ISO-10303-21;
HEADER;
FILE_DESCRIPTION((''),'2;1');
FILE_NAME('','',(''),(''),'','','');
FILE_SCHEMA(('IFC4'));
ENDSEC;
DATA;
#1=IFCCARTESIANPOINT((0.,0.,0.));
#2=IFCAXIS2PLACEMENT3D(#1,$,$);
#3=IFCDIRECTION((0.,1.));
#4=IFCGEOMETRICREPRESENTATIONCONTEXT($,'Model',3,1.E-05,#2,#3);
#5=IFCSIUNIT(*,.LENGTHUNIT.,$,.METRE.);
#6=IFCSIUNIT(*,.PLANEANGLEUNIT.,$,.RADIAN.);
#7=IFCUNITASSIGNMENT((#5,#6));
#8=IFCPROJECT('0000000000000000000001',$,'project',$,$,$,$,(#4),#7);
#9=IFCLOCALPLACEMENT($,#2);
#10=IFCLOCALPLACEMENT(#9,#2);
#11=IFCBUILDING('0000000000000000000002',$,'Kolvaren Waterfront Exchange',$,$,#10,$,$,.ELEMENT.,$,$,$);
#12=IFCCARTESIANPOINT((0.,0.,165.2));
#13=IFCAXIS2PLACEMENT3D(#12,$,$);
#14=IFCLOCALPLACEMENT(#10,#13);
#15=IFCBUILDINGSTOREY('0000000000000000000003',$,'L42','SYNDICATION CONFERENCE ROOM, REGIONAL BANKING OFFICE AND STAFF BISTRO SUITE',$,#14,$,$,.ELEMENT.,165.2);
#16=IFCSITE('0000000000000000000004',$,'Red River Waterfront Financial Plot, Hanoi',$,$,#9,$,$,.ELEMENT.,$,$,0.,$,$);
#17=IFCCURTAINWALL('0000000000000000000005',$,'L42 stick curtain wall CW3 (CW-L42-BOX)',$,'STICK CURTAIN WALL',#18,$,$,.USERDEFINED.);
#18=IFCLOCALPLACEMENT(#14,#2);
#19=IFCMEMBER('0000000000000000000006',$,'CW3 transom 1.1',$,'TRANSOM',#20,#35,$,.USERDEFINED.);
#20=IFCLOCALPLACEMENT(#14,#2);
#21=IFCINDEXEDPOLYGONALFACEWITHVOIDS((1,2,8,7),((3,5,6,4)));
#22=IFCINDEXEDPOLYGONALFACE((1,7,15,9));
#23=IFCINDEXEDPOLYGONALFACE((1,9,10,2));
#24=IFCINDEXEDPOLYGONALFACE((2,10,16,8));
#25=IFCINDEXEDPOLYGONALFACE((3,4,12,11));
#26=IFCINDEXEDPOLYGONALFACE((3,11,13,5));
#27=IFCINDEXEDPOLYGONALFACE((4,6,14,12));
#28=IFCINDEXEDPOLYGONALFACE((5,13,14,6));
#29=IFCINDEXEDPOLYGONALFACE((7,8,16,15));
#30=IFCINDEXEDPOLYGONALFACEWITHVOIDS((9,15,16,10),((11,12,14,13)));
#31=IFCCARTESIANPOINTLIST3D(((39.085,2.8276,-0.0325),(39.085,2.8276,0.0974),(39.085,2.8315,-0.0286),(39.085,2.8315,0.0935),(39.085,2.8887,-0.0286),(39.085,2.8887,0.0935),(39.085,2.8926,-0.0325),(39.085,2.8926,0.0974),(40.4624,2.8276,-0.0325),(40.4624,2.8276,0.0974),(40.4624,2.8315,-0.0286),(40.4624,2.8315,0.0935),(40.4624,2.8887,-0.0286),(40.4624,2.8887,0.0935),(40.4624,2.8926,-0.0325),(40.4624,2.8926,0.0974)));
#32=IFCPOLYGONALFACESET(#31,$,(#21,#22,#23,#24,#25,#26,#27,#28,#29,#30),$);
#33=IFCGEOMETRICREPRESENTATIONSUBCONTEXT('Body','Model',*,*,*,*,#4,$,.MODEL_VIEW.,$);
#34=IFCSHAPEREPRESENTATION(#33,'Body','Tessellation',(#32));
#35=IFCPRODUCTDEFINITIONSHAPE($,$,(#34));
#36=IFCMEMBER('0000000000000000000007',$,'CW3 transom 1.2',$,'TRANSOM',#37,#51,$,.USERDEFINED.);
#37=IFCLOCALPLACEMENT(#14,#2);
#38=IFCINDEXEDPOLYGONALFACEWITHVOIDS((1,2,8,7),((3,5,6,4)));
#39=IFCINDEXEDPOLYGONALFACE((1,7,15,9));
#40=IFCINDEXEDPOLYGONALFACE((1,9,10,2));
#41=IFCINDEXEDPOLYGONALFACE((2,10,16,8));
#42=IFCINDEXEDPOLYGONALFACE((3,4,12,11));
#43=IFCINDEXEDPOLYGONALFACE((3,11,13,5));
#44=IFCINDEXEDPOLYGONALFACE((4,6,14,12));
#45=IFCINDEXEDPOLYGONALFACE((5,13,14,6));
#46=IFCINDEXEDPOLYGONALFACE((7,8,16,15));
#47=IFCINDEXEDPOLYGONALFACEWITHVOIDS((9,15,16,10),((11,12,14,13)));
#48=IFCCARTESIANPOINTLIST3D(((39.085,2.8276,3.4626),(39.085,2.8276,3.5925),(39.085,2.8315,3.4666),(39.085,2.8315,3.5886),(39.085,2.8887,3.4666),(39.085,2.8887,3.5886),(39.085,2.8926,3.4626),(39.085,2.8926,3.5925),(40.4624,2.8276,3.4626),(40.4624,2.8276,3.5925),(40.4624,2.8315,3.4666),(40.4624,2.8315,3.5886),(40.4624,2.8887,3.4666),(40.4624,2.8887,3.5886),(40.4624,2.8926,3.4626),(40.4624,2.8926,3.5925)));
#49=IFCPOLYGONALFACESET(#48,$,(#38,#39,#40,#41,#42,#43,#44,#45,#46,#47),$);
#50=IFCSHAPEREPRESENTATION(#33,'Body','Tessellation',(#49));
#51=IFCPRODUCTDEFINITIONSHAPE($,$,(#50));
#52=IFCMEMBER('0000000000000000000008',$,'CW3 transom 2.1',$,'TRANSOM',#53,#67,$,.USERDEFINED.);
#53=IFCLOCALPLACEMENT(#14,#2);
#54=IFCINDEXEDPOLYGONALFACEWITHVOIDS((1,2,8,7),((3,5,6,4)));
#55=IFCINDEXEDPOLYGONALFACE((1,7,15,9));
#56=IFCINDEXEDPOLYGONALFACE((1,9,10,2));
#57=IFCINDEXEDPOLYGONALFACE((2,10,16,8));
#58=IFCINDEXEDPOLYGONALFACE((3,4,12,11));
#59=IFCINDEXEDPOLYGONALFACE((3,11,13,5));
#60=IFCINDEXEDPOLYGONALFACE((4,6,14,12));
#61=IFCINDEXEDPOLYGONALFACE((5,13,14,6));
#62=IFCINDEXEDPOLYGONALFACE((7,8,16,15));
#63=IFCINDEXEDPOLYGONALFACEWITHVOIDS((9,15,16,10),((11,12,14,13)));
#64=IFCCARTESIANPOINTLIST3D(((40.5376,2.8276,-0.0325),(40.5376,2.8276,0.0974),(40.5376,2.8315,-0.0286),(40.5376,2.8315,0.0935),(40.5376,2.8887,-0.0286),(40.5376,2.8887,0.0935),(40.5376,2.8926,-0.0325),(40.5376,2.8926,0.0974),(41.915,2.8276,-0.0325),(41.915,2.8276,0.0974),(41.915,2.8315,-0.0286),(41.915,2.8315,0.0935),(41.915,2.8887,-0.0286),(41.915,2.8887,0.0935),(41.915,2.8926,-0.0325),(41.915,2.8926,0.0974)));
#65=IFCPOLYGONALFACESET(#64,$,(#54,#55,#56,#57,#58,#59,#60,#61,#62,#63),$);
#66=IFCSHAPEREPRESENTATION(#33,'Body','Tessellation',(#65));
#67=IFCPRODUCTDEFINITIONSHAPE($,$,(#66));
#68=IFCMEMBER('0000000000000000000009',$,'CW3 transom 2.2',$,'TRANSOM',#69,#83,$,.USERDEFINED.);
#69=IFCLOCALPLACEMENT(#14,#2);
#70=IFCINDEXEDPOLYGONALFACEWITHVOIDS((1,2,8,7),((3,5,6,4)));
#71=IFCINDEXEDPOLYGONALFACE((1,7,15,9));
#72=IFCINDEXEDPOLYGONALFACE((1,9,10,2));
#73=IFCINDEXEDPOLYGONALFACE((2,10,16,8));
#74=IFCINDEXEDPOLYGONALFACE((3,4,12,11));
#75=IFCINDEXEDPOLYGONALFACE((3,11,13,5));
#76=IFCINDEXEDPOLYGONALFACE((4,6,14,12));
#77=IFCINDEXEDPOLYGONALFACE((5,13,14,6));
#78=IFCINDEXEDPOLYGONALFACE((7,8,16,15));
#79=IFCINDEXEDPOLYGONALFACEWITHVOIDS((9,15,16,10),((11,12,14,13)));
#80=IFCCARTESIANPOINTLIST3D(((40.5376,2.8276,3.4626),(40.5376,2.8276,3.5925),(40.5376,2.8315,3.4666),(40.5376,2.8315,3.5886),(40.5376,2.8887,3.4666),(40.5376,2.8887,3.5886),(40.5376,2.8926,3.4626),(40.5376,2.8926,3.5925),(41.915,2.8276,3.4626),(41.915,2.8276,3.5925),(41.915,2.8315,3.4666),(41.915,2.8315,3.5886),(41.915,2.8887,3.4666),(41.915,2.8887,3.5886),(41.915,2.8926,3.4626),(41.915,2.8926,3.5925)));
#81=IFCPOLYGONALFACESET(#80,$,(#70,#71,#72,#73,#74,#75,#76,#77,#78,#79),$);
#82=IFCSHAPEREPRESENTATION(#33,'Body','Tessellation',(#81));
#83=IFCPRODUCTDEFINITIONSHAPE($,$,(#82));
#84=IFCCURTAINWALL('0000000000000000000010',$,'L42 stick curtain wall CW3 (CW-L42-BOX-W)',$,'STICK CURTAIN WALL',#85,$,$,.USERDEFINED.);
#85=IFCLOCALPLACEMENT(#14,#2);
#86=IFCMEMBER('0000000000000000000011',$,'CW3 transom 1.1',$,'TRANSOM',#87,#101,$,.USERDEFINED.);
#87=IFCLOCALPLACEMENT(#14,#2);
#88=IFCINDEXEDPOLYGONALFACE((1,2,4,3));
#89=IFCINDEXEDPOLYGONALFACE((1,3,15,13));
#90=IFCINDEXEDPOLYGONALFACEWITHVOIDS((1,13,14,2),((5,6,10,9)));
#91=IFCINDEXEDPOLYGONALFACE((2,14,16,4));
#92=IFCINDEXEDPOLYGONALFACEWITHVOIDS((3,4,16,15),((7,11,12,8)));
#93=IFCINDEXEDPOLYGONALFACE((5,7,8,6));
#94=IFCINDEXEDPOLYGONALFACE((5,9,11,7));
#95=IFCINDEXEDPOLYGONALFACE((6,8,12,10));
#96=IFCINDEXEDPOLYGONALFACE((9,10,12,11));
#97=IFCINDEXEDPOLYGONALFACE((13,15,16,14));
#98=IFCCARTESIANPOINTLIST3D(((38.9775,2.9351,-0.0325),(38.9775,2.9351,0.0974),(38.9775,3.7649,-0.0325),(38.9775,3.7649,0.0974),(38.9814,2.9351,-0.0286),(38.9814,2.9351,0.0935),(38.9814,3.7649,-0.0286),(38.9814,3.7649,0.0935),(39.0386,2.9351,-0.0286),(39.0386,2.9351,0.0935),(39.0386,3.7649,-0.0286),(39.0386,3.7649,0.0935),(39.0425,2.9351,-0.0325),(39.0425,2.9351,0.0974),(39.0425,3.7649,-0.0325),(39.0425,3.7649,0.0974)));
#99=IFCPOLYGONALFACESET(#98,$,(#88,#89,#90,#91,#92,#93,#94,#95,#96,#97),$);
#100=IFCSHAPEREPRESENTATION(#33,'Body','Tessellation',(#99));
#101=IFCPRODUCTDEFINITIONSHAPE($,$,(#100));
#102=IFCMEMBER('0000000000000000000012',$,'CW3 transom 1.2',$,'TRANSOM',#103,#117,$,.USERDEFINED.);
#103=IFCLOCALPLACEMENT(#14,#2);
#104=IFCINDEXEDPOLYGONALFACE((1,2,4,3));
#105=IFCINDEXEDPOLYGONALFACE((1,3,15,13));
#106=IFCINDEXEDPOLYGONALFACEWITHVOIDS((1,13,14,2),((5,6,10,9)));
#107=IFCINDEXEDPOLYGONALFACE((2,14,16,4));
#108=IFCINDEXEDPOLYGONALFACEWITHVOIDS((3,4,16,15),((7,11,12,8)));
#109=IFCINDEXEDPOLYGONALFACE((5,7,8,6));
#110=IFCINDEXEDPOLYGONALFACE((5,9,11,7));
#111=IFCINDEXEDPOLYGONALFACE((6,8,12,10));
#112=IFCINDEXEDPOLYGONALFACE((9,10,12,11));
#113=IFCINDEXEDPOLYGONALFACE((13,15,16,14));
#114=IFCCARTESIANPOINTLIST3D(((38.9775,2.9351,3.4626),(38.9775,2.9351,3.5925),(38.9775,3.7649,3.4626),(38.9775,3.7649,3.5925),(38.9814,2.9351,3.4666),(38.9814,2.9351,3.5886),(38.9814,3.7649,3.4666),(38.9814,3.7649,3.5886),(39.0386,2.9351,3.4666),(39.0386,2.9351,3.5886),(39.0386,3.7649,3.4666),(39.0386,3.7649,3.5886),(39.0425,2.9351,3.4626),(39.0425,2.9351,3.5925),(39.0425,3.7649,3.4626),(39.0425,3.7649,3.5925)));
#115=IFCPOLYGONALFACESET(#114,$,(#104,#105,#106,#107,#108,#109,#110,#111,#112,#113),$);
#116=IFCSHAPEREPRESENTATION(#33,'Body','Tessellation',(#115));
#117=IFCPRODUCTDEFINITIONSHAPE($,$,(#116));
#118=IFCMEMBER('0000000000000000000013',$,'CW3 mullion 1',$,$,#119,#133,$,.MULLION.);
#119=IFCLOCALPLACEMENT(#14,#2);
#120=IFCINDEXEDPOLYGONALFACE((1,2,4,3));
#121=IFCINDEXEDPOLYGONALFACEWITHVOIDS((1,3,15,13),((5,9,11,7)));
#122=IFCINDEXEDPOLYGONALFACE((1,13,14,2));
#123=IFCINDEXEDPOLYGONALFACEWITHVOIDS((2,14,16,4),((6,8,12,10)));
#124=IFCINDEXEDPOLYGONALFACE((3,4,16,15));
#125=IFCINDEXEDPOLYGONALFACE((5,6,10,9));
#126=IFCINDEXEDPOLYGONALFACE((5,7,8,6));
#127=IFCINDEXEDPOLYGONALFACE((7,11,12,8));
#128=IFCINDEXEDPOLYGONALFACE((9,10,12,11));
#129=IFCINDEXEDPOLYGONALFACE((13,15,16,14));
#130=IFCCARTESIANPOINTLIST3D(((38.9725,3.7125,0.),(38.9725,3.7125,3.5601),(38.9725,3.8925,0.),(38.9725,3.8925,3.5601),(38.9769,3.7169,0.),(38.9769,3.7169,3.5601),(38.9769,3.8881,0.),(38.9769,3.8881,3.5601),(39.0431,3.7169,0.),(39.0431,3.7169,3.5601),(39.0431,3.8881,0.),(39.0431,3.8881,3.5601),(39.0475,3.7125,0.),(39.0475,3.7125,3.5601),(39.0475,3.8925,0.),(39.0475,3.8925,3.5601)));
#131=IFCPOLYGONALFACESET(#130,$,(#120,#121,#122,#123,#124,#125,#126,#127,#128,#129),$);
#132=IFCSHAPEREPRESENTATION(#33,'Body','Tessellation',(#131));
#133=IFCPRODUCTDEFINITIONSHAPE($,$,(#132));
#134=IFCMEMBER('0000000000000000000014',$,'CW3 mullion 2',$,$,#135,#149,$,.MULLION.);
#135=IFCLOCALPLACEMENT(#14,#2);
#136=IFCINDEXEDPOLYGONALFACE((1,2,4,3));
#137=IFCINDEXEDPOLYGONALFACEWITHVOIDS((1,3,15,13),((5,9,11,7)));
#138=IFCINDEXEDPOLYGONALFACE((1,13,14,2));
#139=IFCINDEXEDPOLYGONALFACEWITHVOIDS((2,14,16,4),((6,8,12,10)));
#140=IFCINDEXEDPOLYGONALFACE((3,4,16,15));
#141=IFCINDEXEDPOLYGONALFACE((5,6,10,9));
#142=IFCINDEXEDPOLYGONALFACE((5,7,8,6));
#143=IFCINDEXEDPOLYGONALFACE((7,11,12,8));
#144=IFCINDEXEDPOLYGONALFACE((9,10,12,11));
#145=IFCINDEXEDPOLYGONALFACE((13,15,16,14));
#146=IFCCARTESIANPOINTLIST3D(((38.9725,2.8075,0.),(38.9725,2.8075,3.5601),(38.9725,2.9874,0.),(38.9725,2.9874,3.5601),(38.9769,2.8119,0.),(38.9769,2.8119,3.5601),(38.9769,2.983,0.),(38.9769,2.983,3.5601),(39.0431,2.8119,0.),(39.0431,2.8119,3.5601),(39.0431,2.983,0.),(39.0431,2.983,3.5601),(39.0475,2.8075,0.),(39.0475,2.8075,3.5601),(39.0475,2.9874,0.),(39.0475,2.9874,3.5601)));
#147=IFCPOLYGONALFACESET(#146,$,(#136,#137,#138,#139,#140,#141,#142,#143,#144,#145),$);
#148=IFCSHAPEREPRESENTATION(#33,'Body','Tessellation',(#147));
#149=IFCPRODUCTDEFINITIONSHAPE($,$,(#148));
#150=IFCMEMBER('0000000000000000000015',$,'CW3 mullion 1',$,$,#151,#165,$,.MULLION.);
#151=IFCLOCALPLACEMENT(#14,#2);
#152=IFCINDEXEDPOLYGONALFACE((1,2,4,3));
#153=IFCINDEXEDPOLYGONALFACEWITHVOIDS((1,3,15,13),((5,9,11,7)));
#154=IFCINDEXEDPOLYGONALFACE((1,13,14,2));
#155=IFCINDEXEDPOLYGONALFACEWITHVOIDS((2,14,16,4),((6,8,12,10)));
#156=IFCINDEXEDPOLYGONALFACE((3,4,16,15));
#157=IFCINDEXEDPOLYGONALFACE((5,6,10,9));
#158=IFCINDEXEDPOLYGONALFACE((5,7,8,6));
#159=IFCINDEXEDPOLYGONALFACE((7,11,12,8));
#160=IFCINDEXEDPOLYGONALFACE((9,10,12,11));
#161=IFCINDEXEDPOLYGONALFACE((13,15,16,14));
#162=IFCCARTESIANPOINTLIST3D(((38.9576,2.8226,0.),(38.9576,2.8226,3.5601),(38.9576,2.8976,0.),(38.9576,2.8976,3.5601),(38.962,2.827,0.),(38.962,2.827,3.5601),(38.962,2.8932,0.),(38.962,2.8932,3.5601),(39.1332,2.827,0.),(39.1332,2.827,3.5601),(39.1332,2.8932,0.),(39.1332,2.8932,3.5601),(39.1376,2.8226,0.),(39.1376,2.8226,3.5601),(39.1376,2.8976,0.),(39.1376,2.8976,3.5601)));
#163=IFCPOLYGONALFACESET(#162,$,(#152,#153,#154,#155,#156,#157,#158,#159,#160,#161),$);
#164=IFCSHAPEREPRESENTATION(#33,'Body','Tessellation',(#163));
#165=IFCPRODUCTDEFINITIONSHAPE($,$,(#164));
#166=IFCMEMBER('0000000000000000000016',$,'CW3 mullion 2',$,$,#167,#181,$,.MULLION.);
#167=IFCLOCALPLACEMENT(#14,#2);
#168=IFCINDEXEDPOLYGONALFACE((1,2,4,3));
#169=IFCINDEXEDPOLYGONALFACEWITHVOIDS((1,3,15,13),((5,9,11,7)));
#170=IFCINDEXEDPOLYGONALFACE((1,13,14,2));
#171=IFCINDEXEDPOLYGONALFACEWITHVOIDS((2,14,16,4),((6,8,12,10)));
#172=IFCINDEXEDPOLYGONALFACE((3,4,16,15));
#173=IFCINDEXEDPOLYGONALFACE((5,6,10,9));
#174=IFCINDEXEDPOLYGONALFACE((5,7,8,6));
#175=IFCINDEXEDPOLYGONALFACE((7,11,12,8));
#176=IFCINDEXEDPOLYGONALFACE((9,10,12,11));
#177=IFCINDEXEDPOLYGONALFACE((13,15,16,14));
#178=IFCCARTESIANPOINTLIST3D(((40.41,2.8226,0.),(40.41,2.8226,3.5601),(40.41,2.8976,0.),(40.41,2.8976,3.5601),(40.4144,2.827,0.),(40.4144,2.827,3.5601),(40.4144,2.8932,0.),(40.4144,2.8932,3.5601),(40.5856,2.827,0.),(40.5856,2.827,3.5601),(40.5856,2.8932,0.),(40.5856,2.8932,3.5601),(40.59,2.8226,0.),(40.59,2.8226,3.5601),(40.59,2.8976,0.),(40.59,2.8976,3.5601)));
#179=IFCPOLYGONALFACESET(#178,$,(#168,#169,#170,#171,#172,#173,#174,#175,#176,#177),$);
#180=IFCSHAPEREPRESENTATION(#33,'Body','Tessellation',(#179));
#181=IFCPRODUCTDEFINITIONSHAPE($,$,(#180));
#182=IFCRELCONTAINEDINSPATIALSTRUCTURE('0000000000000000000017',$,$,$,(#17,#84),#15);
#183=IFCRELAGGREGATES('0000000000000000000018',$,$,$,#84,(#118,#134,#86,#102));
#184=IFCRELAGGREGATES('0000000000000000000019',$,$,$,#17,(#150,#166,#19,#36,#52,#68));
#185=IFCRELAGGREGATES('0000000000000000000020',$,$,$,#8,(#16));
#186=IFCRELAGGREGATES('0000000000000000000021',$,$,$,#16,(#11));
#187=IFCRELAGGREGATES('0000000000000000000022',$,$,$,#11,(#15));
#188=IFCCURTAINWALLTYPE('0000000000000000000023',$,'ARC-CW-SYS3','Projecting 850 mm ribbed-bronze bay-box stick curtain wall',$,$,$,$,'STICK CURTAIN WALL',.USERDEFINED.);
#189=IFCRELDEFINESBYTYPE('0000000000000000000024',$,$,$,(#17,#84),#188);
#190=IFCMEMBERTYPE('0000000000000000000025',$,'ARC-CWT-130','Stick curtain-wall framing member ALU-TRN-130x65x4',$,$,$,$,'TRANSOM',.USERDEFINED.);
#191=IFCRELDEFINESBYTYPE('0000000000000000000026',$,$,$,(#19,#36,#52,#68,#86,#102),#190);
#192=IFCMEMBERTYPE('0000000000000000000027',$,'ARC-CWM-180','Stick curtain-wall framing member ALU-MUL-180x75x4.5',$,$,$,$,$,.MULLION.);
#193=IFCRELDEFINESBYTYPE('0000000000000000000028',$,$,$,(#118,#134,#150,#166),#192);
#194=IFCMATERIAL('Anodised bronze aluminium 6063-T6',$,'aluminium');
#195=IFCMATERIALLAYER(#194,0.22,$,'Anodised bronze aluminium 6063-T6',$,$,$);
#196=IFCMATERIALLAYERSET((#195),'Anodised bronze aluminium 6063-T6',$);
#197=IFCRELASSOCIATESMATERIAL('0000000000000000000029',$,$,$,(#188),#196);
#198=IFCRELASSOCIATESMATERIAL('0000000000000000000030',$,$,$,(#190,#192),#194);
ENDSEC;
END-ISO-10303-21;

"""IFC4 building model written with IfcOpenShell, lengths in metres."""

from ifc_helpers import new_model, si_unit, direction, frame, origin, origin_with_axes, origin_2d, place, context, subcontext, project, spatial, hollow_rectangle, extrude, source, transform, mapped, material, layer, layer_set, material_profile, profile_set, type_object, element, aggregate, save


model = new_model("IFC4")

# Units and contexts
model_context = context("Model", 3, precision=1e-05, world=origin(), true_north=direction((0.0, 1.0)))
body_context = subcontext(model_context, "Body", "Model", "MODEL_VIEW")
ifc_project = project(units=[si_unit("LENGTHUNIT", "METRE"), si_unit("PLANEANGLEUNIT", "RADIAN")], contexts=[model_context])

# Site, building, storey
site_placement = place(None, origin())
site = spatial("IfcSite", under=ifc_project, at=site_placement, Name="Red River Waterfront Financial Plot, Hanoi", CompositionType="ELEMENT", RefElevation=0.0)
building_placement = place(site_placement, origin())
building = spatial("IfcBuilding", under=site, at=building_placement, Name="Kolvaren Waterfront Exchange", CompositionType="ELEMENT")
storey_placement = place(building_placement, frame((0.0, 0.0, 165.2)))
storey = spatial("IfcBuildingStorey", under=building, at=storey_placement, Name="L42", Description="SYNDICATION CONFERENCE ROOM, REGIONAL BANKING OFFICE AND STAFF BISTRO SUITE", CompositionType="ELEMENT", Elevation=165.2)

# Curtain walls, members
ifc_material_1 = material(Name="Anodised bronze aluminium 6063-T6", Category="aluminium")
ifc_layer_1 = layer(ifc_material_1, 0.22, Name="Anodised bronze aluminium 6063-T6")
ifc_layer_set_1 = layer_set([ifc_layer_1], Name="Anodised bronze aluminium 6063-T6")
curtain_wall_type_1 = type_object("IfcCurtainWallType", Name="ARC-CW-SYS3", Description="Projecting 850 mm ribbed-bronze bay-box stick curtain wall", ElementType="STICK CURTAIN WALL", PredefinedType="USERDEFINED", material=ifc_layer_set_1)
curtain_wall_1_placement = place(storey_placement, origin())
curtain_wall_1 = element("IfcCurtainWall", 1, at=curtain_wall_1_placement, inside=storey, type_object=curtain_wall_type_1, Name="L42 stick curtain wall CW3 (CW-L42-BOX)", ObjectType="STICK CURTAIN WALL", PredefinedType="USERDEFINED")
ifc_material_profile_1 = material_profile(ifc_material_1, hollow_rectangle(XDim=0.0649, YDim=0.1299, WallThickness=0.0039, at=origin_2d()), Name="ALU-TRN-130x65x4")
ifc_profile_set_1 = profile_set([ifc_material_profile_1], Name="Anodised bronze aluminium 6063-T6")
member_type_1 = type_object("IfcMemberType", Name="ARC-CWT-130", Description="Stick curtain-wall framing member ALU-TRN-130x65x4", ElementType="TRANSOM", PredefinedType="USERDEFINED", material=ifc_profile_set_1)
shared_shape_1 = source(origin_with_axes(), body_context, "Body", "SweptSolid", [
    extrude(hollow_rectangle(XDim=0.0649, YDim=0.1299, WallThickness=0.0039, at=origin_2d()), origin(), (0.0, 0.0, 1.0), 1.3774),
])
member_1_placement = place(storey_placement, frame((39.085, 2.8601, 0.0325), z_axis=(1.0, 0.0, 0.0), x_axis=(0.0, 1.0, 0.0)))
member_1 = element("IfcMember", 2, at=member_1_placement, type_object=member_type_1, Name="CW3 transom 1.1", ObjectType="TRANSOM", PredefinedType="USERDEFINED", context=body_context, shape_type="MappedRepresentation", body=[
    mapped(shared_shape_1, transform((0.0, 0.0, 0.0), x_axis=(1.0, 0.0, 0.0), y_axis=(0.0, 1.0, 0.0), z_axis=(0.0, 0.0, 1.0), scale=1.0)),
])
member_2_placement = place(storey_placement, frame((39.085, 2.8601, 3.5276), z_axis=(1.0, 0.0, 0.0), x_axis=(0.0, 1.0, 0.0)))
member_2 = element("IfcMember", 3, at=member_2_placement, type_object=member_type_1, Name="CW3 transom 1.2", ObjectType="TRANSOM", PredefinedType="USERDEFINED", context=body_context, shape_type="MappedRepresentation", body=[
    mapped(shared_shape_1, transform((0.0, 0.0, 0.0), x_axis=(1.0, 0.0, 0.0), y_axis=(0.0, 1.0, 0.0), z_axis=(0.0, 0.0, 1.0), scale=1.0)),
])
member_3_placement = place(storey_placement, frame((40.5376, 2.8601, 0.0325), z_axis=(1.0, 0.0, 0.0), x_axis=(0.0, 1.0, 0.0)))
member_3 = element("IfcMember", 4, at=member_3_placement, type_object=member_type_1, Name="CW3 transom 2.1", ObjectType="TRANSOM", PredefinedType="USERDEFINED", context=body_context, shape_type="MappedRepresentation", body=[
    mapped(shared_shape_1, transform((0.0, 0.0, 0.0), x_axis=(1.0, 0.0, 0.0), y_axis=(0.0, 1.0, 0.0), z_axis=(0.0, 0.0, 1.0), scale=1.0)),
])
member_4_placement = place(storey_placement, frame((40.5376, 2.8601, 3.5276), z_axis=(1.0, 0.0, 0.0), x_axis=(0.0, 1.0, 0.0)))
member_4 = element("IfcMember", 5, at=member_4_placement, type_object=member_type_1, Name="CW3 transom 2.2", ObjectType="TRANSOM", PredefinedType="USERDEFINED", context=body_context, shape_type="MappedRepresentation", body=[
    mapped(shared_shape_1, transform((0.0, 0.0, 0.0), x_axis=(1.0, 0.0, 0.0), y_axis=(0.0, 1.0, 0.0), z_axis=(0.0, 0.0, 1.0), scale=1.0)),
])
curtain_wall_2_placement = place(storey_placement, origin())
curtain_wall_2 = element("IfcCurtainWall", 6, at=curtain_wall_2_placement, inside=storey, type_object=curtain_wall_type_1, Name="L42 stick curtain wall CW3 (CW-L42-BOX-W)", ObjectType="STICK CURTAIN WALL", PredefinedType="USERDEFINED")
shared_shape_2 = source(origin_with_axes(), body_context, "Body", "SweptSolid", [
    extrude(hollow_rectangle(XDim=0.0649, YDim=0.1299, WallThickness=0.0039, at=origin_2d()), origin(), (0.0, 0.0, 1.0), 0.8298),
])
member_5_placement = place(storey_placement, frame((39.01, 3.7649, 0.0325), z_axis=(0.0, -1.0, 0.0), x_axis=(1.0, 0.0, 0.0)))
member_5 = element("IfcMember", 7, at=member_5_placement, type_object=member_type_1, Name="CW3 transom 1.1", ObjectType="TRANSOM", PredefinedType="USERDEFINED", context=body_context, shape_type="MappedRepresentation", body=[
    mapped(shared_shape_2, transform((0.0, 0.0, 0.0), x_axis=(1.0, 0.0, 0.0), y_axis=(0.0, 1.0, 0.0), z_axis=(0.0, 0.0, 1.0), scale=1.0)),
])
member_6_placement = place(storey_placement, frame((39.01, 3.7649, 3.5276), z_axis=(0.0, -1.0, 0.0), x_axis=(1.0, 0.0, 0.0)))
member_6 = element("IfcMember", 8, at=member_6_placement, type_object=member_type_1, Name="CW3 transom 1.2", ObjectType="TRANSOM", PredefinedType="USERDEFINED", context=body_context, shape_type="MappedRepresentation", body=[
    mapped(shared_shape_2, transform((0.0, 0.0, 0.0), x_axis=(1.0, 0.0, 0.0), y_axis=(0.0, 1.0, 0.0), z_axis=(0.0, 0.0, 1.0), scale=1.0)),
])
ifc_material_profile_2 = material_profile(ifc_material_1, hollow_rectangle(XDim=0.075, YDim=0.1799, WallThickness=0.0044, at=origin_2d()), Name="ALU-MUL-180x75x4.5")
ifc_profile_set_2 = profile_set([ifc_material_profile_2], Name="Anodised bronze aluminium 6063-T6")
member_type_2 = type_object("IfcMemberType", Name="ARC-CWM-180", Description="Stick curtain-wall framing member ALU-MUL-180x75x4.5", PredefinedType="MULLION", material=ifc_profile_set_2)
shared_shape_3 = source(origin_with_axes(), body_context, "Body", "SweptSolid", [
    extrude(hollow_rectangle(XDim=0.075, YDim=0.1799, WallThickness=0.0044, at=origin_2d()), origin(), (0.0, 0.0, 1.0), 3.5601),
])
member_7_placement = place(storey_placement, frame((39.01, 3.8025, 0.0), z_axis=(0.0, 0.0, 1.0), x_axis=(1.0, 0.0, 0.0)))
member_7 = element("IfcMember", 9, at=member_7_placement, type_object=member_type_2, Name="CW3 mullion 1", PredefinedType="MULLION", context=body_context, shape_type="MappedRepresentation", body=[
    mapped(shared_shape_3, transform((0.0, 0.0, 0.0), x_axis=(1.0, 0.0, 0.0), y_axis=(0.0, 1.0, 0.0), z_axis=(0.0, 0.0, 1.0), scale=1.0)),
])
member_8_placement = place(storey_placement, frame((39.01, 2.8975, 0.0), z_axis=(0.0, 0.0, 1.0), x_axis=(1.0, 0.0, 0.0)))
member_8 = element("IfcMember", 10, at=member_8_placement, type_object=member_type_2, Name="CW3 mullion 2", PredefinedType="MULLION", context=body_context, shape_type="MappedRepresentation", body=[
    mapped(shared_shape_3, transform((0.0, 0.0, 0.0), x_axis=(1.0, 0.0, 0.0), y_axis=(0.0, 1.0, 0.0), z_axis=(0.0, 0.0, 1.0), scale=1.0)),
])

# Members
member_9_placement = place(storey_placement, frame((39.0476, 2.8601, 0.0), z_axis=(0.0, 0.0, 1.0), x_axis=(0.0, 1.0, 0.0)))
member_9 = element("IfcMember", 11, at=member_9_placement, type_object=member_type_2, Name="CW3 mullion 1", PredefinedType="MULLION", context=body_context, shape_type="MappedRepresentation", body=[
    mapped(shared_shape_3, transform((0.0, 0.0, 0.0), x_axis=(1.0, 0.0, 0.0), y_axis=(0.0, 1.0, 0.0), z_axis=(0.0, 0.0, 1.0), scale=1.0)),
])
member_10_placement = place(storey_placement, frame((40.5, 2.8601, 0.0), z_axis=(0.0, 0.0, 1.0), x_axis=(0.0, 1.0, 0.0)))
member_10 = element("IfcMember", 12, at=member_10_placement, type_object=member_type_2, Name="CW3 mullion 2", PredefinedType="MULLION", context=body_context, shape_type="MappedRepresentation", body=[
    mapped(shared_shape_3, transform((0.0, 0.0, 0.0), x_axis=(1.0, 0.0, 0.0), y_axis=(0.0, 1.0, 0.0), z_axis=(0.0, 0.0, 1.0), scale=1.0)),
])

aggregate(curtain_wall_2, [member_7, member_8, member_5, member_6])
aggregate(curtain_wall_1, [member_9, member_10, member_1, member_2, member_3, member_4])

save(model, "model.ifc")
